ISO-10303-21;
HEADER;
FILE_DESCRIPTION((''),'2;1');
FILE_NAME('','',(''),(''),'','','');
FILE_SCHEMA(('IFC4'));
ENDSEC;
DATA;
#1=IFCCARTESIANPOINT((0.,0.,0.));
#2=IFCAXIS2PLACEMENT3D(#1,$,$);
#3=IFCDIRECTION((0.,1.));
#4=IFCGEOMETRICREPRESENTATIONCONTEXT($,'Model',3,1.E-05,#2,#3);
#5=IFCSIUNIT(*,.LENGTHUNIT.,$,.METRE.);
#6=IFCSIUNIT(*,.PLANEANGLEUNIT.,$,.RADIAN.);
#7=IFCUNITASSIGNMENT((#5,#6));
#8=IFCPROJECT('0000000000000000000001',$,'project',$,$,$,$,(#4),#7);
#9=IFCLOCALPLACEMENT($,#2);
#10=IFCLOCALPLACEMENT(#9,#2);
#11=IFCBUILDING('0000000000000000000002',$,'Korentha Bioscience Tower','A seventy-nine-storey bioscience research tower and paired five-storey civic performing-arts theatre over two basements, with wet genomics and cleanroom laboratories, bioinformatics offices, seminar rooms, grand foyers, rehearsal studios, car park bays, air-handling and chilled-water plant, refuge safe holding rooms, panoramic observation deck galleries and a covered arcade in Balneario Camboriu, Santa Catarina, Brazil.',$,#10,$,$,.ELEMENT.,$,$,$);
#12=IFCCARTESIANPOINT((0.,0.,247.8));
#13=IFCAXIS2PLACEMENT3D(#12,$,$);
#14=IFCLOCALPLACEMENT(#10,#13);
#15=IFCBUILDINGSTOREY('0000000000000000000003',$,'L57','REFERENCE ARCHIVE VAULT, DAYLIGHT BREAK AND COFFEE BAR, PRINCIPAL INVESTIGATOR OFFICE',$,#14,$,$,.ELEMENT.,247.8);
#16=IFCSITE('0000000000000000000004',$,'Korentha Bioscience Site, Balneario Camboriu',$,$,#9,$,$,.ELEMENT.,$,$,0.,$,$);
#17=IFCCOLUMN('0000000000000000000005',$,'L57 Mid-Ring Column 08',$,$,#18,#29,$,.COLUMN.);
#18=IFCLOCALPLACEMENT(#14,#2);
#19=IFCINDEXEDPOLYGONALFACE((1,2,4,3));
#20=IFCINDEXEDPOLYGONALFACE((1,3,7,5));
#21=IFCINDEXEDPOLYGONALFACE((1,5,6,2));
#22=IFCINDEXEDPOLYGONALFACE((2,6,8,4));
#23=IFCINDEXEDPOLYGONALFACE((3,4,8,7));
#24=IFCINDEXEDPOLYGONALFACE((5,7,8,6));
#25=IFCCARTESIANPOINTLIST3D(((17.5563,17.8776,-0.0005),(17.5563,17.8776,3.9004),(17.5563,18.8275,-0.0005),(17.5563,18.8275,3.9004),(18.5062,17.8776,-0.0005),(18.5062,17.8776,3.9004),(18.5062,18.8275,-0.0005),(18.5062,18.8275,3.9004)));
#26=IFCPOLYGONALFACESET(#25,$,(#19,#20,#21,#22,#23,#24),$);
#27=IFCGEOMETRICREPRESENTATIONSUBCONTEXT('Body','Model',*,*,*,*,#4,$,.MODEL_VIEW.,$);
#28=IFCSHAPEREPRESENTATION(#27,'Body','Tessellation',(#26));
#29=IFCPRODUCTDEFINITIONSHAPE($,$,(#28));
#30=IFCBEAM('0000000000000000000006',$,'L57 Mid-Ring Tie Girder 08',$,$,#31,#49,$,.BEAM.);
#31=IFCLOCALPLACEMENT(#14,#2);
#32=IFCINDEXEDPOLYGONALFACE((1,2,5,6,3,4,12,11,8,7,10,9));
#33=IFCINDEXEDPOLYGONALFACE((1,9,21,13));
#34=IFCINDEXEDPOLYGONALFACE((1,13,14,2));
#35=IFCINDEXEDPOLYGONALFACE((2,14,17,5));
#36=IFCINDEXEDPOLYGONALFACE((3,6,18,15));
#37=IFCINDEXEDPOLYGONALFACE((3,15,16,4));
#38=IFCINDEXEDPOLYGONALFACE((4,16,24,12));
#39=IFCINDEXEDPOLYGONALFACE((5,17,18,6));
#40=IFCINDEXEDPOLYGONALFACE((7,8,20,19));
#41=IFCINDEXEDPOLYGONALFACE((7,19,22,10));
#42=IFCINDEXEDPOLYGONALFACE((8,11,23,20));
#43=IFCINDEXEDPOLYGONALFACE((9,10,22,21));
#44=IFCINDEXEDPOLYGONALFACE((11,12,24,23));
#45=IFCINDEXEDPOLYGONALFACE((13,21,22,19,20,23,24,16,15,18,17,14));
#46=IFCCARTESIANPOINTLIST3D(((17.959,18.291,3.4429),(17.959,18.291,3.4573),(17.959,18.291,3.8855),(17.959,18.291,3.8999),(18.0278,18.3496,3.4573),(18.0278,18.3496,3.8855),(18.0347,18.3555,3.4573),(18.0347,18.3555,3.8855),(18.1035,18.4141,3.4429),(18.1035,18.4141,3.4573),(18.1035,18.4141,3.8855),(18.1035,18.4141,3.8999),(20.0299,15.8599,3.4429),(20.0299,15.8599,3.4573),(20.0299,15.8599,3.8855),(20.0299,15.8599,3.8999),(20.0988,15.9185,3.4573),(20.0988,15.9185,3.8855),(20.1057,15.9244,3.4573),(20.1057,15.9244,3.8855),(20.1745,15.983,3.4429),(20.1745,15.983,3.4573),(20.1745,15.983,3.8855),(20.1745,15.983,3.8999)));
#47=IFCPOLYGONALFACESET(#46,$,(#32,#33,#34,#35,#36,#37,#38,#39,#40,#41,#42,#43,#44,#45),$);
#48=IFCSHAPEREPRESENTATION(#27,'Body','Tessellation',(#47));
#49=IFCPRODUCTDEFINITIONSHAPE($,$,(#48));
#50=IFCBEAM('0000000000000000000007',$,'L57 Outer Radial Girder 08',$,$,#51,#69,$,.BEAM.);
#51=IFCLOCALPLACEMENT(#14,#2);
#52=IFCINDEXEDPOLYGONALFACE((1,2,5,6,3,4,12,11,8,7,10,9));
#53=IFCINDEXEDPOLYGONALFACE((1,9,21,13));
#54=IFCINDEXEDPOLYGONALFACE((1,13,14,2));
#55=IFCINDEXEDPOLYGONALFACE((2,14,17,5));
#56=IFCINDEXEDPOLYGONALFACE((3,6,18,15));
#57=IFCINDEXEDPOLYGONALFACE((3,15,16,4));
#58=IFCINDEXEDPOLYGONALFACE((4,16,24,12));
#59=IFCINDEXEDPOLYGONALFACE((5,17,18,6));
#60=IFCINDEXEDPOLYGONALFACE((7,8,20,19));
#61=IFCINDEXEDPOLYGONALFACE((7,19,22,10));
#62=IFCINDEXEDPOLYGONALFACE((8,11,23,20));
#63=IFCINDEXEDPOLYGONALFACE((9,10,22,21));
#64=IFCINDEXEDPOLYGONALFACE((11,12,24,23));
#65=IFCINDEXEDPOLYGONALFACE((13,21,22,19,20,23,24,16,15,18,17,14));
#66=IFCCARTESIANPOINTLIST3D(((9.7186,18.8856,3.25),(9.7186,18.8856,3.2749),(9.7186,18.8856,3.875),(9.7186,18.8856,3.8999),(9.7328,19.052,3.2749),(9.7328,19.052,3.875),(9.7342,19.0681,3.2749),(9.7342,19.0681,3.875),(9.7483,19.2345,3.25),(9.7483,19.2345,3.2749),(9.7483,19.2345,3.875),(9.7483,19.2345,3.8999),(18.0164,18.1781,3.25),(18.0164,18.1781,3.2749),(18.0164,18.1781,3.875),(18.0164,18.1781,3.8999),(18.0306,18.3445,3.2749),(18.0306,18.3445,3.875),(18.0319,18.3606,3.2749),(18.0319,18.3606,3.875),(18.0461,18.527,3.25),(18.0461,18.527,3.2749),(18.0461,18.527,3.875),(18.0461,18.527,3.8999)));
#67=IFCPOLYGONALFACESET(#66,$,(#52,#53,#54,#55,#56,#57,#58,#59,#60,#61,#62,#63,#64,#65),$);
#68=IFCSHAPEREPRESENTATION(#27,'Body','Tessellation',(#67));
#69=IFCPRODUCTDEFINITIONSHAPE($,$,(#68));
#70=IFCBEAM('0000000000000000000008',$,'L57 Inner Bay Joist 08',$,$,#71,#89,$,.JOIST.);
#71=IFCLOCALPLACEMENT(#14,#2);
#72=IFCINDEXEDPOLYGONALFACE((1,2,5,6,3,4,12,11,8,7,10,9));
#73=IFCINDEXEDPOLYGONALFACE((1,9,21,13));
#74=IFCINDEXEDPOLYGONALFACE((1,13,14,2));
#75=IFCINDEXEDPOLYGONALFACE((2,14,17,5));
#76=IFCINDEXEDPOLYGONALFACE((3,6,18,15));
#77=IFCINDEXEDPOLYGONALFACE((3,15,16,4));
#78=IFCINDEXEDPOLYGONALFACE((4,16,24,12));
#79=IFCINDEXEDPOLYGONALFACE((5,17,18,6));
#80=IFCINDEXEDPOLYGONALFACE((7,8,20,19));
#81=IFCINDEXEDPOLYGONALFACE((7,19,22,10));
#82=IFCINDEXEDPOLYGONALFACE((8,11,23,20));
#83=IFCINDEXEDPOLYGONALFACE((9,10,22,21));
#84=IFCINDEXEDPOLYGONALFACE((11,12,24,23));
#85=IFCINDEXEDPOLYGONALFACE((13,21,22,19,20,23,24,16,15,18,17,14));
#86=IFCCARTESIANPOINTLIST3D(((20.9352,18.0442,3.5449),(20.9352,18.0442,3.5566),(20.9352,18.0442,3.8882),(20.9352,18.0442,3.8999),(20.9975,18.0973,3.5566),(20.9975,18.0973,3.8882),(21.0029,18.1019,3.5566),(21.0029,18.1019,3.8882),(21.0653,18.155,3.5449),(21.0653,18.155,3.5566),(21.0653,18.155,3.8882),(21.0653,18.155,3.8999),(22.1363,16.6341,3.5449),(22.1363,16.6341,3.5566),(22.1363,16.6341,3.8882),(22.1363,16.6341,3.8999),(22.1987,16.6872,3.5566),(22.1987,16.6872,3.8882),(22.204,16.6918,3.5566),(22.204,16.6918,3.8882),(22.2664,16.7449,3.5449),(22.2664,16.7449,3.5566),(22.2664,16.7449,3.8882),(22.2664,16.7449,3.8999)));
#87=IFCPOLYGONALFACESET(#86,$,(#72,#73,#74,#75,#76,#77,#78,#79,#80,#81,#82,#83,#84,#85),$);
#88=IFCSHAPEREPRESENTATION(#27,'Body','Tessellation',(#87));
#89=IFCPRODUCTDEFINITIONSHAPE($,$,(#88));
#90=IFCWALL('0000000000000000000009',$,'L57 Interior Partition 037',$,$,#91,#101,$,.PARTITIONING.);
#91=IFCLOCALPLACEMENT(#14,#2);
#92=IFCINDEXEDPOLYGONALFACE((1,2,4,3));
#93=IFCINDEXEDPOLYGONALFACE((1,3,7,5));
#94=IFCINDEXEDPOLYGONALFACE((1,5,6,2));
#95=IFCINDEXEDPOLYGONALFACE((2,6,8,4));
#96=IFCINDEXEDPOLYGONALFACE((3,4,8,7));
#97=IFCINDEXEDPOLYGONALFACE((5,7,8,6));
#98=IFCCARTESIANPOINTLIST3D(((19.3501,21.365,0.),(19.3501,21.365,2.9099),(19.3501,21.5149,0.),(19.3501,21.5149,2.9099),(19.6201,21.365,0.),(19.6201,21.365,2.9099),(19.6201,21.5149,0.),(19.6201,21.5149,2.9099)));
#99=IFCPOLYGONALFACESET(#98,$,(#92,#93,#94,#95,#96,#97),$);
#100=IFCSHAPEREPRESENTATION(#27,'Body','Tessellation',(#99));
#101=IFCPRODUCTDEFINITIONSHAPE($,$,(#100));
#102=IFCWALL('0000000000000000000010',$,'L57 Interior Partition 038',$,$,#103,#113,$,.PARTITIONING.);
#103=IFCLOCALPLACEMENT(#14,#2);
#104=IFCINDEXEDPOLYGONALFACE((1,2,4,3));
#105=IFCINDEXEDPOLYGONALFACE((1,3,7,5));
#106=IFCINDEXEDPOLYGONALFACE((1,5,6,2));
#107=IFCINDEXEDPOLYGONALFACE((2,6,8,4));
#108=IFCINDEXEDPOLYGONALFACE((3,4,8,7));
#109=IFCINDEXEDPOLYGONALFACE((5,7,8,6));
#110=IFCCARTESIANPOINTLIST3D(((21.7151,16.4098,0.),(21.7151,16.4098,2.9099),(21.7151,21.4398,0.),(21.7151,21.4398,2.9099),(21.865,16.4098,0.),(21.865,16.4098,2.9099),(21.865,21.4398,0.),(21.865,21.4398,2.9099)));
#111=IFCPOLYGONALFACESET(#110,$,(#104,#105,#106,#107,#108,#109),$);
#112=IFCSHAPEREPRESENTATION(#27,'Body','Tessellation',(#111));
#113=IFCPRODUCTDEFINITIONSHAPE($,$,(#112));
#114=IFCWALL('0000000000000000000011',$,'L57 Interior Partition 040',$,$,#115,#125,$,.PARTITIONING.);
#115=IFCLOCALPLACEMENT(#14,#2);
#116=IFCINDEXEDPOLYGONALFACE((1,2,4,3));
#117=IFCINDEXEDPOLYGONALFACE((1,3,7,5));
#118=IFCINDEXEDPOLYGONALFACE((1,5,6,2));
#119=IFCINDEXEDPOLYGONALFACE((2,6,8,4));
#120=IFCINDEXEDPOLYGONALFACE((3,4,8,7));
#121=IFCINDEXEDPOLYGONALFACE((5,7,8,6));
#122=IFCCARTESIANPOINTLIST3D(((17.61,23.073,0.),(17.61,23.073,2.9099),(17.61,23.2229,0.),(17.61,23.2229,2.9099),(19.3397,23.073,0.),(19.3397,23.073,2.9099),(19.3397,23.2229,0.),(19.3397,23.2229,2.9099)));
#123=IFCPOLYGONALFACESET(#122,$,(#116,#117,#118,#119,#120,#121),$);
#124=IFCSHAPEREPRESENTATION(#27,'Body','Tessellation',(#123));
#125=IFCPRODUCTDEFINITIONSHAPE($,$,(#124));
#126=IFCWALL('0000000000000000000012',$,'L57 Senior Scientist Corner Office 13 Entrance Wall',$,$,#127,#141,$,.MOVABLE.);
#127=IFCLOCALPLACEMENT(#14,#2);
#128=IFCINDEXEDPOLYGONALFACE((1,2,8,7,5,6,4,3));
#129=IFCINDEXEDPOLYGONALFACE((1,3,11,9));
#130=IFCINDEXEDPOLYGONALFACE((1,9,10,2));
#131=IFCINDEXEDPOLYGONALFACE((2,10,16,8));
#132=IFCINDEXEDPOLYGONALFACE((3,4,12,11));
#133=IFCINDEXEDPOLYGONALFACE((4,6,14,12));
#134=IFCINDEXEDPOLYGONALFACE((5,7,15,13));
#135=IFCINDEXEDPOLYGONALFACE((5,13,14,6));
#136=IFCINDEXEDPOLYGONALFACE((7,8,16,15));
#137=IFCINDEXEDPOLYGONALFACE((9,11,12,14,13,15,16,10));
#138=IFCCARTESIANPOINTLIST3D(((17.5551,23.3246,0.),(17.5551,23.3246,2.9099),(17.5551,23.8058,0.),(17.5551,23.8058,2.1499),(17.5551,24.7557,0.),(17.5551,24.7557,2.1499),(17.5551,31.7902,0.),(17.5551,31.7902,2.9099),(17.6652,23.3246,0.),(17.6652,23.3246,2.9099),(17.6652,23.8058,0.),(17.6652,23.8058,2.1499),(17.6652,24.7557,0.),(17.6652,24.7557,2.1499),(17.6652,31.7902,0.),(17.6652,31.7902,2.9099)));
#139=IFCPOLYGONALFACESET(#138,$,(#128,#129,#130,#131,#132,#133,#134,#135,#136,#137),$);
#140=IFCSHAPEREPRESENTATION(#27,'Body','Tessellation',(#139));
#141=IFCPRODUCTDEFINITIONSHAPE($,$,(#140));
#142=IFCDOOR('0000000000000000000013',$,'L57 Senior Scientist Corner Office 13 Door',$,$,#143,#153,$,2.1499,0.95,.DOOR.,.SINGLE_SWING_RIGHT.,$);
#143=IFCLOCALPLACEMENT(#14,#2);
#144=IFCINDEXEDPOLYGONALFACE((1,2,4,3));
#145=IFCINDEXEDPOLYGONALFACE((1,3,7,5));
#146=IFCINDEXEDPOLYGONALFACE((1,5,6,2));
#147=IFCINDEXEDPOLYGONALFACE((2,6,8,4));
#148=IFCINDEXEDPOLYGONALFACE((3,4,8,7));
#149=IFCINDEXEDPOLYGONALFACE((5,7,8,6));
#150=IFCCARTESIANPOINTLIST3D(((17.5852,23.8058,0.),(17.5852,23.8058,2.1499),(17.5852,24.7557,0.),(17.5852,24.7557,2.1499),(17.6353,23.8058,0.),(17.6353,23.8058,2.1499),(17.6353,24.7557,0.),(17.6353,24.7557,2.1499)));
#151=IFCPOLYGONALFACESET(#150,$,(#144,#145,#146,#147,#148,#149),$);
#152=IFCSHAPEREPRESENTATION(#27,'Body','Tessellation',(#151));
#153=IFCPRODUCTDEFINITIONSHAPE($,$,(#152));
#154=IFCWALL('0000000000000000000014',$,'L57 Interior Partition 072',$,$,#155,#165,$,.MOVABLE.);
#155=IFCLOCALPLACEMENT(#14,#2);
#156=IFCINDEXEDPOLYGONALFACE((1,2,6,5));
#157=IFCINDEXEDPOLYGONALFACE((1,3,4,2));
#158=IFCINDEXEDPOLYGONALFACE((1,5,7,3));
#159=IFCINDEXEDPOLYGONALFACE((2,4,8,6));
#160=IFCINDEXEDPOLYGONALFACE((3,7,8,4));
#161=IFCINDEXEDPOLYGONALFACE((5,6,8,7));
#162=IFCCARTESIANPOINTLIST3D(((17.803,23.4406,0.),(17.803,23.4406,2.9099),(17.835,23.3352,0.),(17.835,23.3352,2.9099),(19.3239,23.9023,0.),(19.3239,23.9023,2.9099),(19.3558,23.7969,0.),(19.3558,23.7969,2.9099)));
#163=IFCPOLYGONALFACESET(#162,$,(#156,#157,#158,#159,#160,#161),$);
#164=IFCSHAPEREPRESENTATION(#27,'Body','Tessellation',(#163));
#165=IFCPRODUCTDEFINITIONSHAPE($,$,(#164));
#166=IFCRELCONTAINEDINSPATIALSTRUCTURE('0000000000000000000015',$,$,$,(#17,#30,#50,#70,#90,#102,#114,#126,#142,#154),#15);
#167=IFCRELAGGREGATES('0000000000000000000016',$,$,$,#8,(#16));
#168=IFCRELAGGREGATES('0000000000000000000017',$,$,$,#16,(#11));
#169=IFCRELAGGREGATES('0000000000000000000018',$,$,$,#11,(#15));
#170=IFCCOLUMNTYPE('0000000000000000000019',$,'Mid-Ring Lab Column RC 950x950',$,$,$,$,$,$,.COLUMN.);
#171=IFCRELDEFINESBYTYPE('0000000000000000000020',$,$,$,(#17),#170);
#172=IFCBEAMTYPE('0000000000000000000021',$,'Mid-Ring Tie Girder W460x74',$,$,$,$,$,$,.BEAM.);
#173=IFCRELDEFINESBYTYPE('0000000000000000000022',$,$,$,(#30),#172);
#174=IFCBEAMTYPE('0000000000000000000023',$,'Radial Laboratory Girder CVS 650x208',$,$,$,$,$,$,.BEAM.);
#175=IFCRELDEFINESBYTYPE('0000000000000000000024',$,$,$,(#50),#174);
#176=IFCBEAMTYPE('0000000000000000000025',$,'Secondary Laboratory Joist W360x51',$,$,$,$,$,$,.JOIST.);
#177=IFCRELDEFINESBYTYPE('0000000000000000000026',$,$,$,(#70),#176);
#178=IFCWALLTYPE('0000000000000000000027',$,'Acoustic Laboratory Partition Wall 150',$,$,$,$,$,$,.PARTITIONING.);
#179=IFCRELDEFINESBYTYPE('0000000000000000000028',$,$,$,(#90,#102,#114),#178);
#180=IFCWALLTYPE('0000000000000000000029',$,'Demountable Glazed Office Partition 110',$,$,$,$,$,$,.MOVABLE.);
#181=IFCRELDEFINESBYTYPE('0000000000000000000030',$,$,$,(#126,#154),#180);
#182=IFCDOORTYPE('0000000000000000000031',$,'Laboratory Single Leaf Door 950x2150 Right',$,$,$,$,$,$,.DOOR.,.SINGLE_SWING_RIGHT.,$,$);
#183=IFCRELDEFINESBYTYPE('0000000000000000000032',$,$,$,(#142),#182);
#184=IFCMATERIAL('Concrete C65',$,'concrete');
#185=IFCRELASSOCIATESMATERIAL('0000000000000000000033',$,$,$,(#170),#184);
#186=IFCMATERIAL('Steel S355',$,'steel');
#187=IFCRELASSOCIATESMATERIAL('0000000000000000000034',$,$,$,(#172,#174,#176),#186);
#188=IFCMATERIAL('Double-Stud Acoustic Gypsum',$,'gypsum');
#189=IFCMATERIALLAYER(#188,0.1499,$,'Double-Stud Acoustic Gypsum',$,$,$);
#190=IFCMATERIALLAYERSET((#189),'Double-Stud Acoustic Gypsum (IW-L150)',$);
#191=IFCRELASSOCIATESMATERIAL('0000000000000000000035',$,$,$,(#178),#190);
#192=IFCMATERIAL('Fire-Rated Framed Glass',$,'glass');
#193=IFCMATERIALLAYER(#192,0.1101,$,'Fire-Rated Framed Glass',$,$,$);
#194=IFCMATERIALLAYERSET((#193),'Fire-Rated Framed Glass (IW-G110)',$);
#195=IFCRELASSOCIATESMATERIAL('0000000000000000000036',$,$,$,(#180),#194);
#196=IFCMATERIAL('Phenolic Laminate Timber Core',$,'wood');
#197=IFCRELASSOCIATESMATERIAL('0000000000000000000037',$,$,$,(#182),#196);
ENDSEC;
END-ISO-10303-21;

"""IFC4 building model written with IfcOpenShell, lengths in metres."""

from ifc_helpers import new_model, si_unit, direction, frame, frame_2d, origin, origin_2d, place, context, subcontext, project, spatial, rectangle, i_section, extrude, material, layer, layer_set, material_profile, profile_set, type_object, element, fill, save


model = new_model("IFC4")

# Units and contexts
model_context = context("Model", 3, precision=1e-05, world=origin(), true_north=direction((0.0, 1.0)))
body_context = subcontext(model_context, "Body", "Model", "MODEL_VIEW")
ifc_project = project(units=[si_unit("LENGTHUNIT", "METRE"), si_unit("PLANEANGLEUNIT", "RADIAN")], contexts=[model_context])

# Site, building, storey
site_placement = place(None, origin())
site = spatial("IfcSite", under=ifc_project, at=site_placement, Name="Korentha Bioscience Site, Balneario Camboriu", CompositionType="ELEMENT", RefElevation=0.0)
building_placement = place(site_placement, origin())
building = spatial("IfcBuilding", under=site, at=building_placement, Name="Korentha Bioscience Tower", Description="A seventy-nine-storey bioscience research tower and paired five-storey civic performing-arts theatre over two basements, with wet genomics and cleanroom laboratories, bioinformatics offices, seminar rooms, grand foyers, rehearsal studios, car park bays, air-handling and chilled-water plant, refuge safe holding rooms, panoramic observation deck galleries and a covered arcade in Balneario Camboriu, Santa Catarina, Brazil.", CompositionType="ELEMENT")
storey_placement = place(building_placement, frame((0.0, 0.0, 247.8)))
storey = spatial("IfcBuildingStorey", under=building, at=storey_placement, Name="L57", Description="REFERENCE ARCHIVE VAULT, DAYLIGHT BREAK AND COFFEE BAR, PRINCIPAL INVESTIGATOR OFFICE", CompositionType="ELEMENT", Elevation=247.8)

# Column
ifc_material_1 = material(Name="Concrete C65", Category="concrete")
ifc_material_profile_1 = material_profile(ifc_material_1, rectangle(XDim=0.95, YDim=0.95, at=origin_2d()), Name="Concrete C65")
ifc_profile_set_1 = profile_set([ifc_material_profile_1], Name="Concrete C65 (COL-MR09)")
column_type = type_object("IfcColumnType", Name="Mid-Ring Lab Column RC 950x950", PredefinedType="COLUMN", material=ifc_profile_set_1)
column_placement = place(storey_placement, frame((18.0312, 18.3525, -0.0005), z_axis=(0.0, 0.0, 1.0), x_axis=(1.0, 0.0, 0.0)))
element("IfcColumn", 1, at=column_placement, inside=storey, type_object=column_type, Name="L57 Mid-Ring Column 08", PredefinedType="COLUMN", context=body_context, shape_type="SweptSolid", body=[
    extrude(rectangle(XDim=0.95, YDim=0.95, at=origin_2d()), origin(), (0.0, 0.0, 1.0), 3.9009),
])

# Beams
ifc_material_2 = material(Name="Steel S355", Category="steel")
ifc_material_profile_2 = material_profile(ifc_material_2, i_section(OverallWidth=0.1899, OverallDepth=0.457, WebThickness=0.009, FlangeThickness=0.0144, at=origin_2d()), Name="Steel S355")
ifc_profile_set_2 = profile_set([ifc_material_profile_2], Name="Steel S355 (MB-460)")
beam_type_1 = type_object("IfcBeamType", Name="Mid-Ring Tie Girder W460x74", PredefinedType="BEAM", material=ifc_profile_set_2)
beam_1_placement = place(storey_placement, frame((18.0312, 18.3525, 3.6714), z_axis=(0.648478, -0.761233, 0.0), x_axis=(0.761233, 0.648478, 0.0)))
element("IfcBeam", 2, at=beam_1_placement, inside=storey, type_object=beam_type_1, Name="L57 Mid-Ring Tie Girder 08", PredefinedType="BEAM", context=body_context, shape_type="SweptSolid", body=[
    extrude(i_section(OverallWidth=0.1899, OverallDepth=0.457, WebThickness=0.009, FlangeThickness=0.0144, at=origin_2d()), origin(), (0.0, 0.0, 1.0), 3.1936),
])
ifc_material_profile_3 = material_profile(ifc_material_2, i_section(OverallWidth=0.3501, OverallDepth=0.6499, WebThickness=0.0161, FlangeThickness=0.0249, at=origin_2d()), Name="Steel S355")
ifc_profile_set_3 = profile_set([ifc_material_profile_3], Name="Steel S355 (RB-650)")
beam_type_2 = type_object("IfcBeamType", Name="Radial Laboratory Girder CVS 650x208", PredefinedType="BEAM", material=ifc_profile_set_3)
beam_2_placement = place(storey_placement, frame((18.0312, 18.3525, 3.575), z_axis=(-0.996385, 0.084957, 0.0), x_axis=(-0.084957, -0.996385, 0.0)))
element("IfcBeam", 3, at=beam_2_placement, inside=storey, type_object=beam_type_2, Name="L57 Outer Radial Girder 08", PredefinedType="BEAM", context=body_context, shape_type="SweptSolid", body=[
    extrude(i_section(OverallWidth=0.3501, OverallDepth=0.6499, WebThickness=0.0161, FlangeThickness=0.0249, at=origin_2d()), origin(), (0.0, 0.0, 1.0), 8.3279),
])
ifc_material_profile_4 = material_profile(ifc_material_2, i_section(OverallWidth=0.1709, OverallDepth=0.355, WebThickness=0.0071, FlangeThickness=0.0117, at=origin_2d()), Name="Steel S355")
ifc_profile_set_4 = profile_set([ifc_material_profile_4], Name="Steel S355 (JB-360)")
beam_type_3 = type_object("IfcBeamType", Name="Secondary Laboratory Joist W360x51", PredefinedType="JOIST", material=ifc_profile_set_4)
beam_3_placement = place(storey_placement, frame((21.0002, 18.0996, 3.7224), z_axis=(0.648444, -0.761263, 0.0), x_axis=(0.761263, 0.648444, 0.0)))
element("IfcBeam", 4, at=beam_3_placement, inside=storey, type_object=beam_type_3, Name="L57 Inner Bay Joist 08", PredefinedType="JOIST", context=body_context, shape_type="SweptSolid", body=[
    extrude(i_section(OverallWidth=0.1709, OverallDepth=0.355, WebThickness=0.0071, FlangeThickness=0.0117, at=origin_2d()), origin(), (0.0, 0.0, 1.0), 1.8523),
])

# Walls
ifc_material_3 = material(Name="Double-Stud Acoustic Gypsum", Category="gypsum")
ifc_layer_1 = layer(ifc_material_3, 0.1499, Name="Double-Stud Acoustic Gypsum")
ifc_layer_set_1 = layer_set([ifc_layer_1], Name="Double-Stud Acoustic Gypsum (IW-L150)")
wall_type_1 = type_object("IfcWallType", Name="Acoustic Laboratory Partition Wall 150", PredefinedType="PARTITIONING", material=ifc_layer_set_1)
wall_1_placement = place(storey_placement, frame((19.3501, 21.4399, 0.0), z_axis=(0.0, 0.0, 1.0), x_axis=(1.0, 0.0, 0.0)))
element("IfcWall", 5, at=wall_1_placement, inside=storey, type_object=wall_type_1, Name="L57 Interior Partition 037", PredefinedType="PARTITIONING", context=body_context, shape_type="SweptSolid", body=[
    extrude(rectangle(XDim=0.27, YDim=0.1499, at=frame_2d((0.135, 0.0))), origin(), (0.0, 0.0, 1.0), 2.9099),
])
wall_2_placement = place(storey_placement, frame((21.79, 21.4399, 0.0), z_axis=(0.0, 0.0, 1.0), x_axis=(0.0, -1.0, 0.0)))
element("IfcWall", 6, at=wall_2_placement, inside=storey, type_object=wall_type_1, Name="L57 Interior Partition 038", PredefinedType="PARTITIONING", context=body_context, shape_type="SweptSolid", body=[
    extrude(rectangle(XDim=5.03, YDim=0.1499, at=frame_2d((2.5151, 0.0))), origin(), (0.0, 0.0, 1.0), 2.9099),
])
wall_3_placement = place(storey_placement, frame((17.6101, 23.1479, 0.0), z_axis=(0.0, 0.0, 1.0), x_axis=(1.0, 0.0, 0.0)))
element("IfcWall", 7, at=wall_3_placement, inside=storey, type_object=wall_type_1, Name="L57 Interior Partition 040", PredefinedType="PARTITIONING", context=body_context, shape_type="SweptSolid", body=[
    extrude(rectangle(XDim=1.7297, YDim=0.1499, at=frame_2d((0.8647, 0.0))), origin(), (0.0, 0.0, 1.0), 2.9099),
])

# Wall, opening, door
ifc_material_4 = material(Name="Fire-Rated Framed Glass", Category="glass")
ifc_layer_2 = layer(ifc_material_4, 0.1101, Name="Fire-Rated Framed Glass")
ifc_layer_set_2 = layer_set([ifc_layer_2], Name="Fire-Rated Framed Glass (IW-G110)")
wall_type_2 = type_object("IfcWallType", Name="Demountable Glazed Office Partition 110", PredefinedType="MOVABLE", material=ifc_layer_set_2)
wall_4_placement = place(storey_placement, frame((17.6101, 23.3245, 0.0), z_axis=(0.0, 0.0, 1.0), x_axis=(0.0, 1.0, 0.0)))
wall_4 = element("IfcWall", 8, at=wall_4_placement, inside=storey, type_object=wall_type_2, Name="L57 Senior Scientist Corner Office 13 Entrance Wall", PredefinedType="MOVABLE", context=body_context, shape_type="SweptSolid", body=[
    extrude(rectangle(XDim=8.4656, YDim=0.1101, at=frame_2d((4.2329, 0.0))), origin(), (0.0, 0.0, 1.0), 2.9099),
])
opening_1_placement = place(wall_4_placement, frame((0.4812, 0.0, 0.0)))
opening_1 = element("IfcOpeningElement", 9, at=opening_1_placement, cuts=wall_4, PredefinedType="OPENING", context=body_context, shape_type="SweptSolid", body=[
    extrude(rectangle(XDim=0.95, YDim=2.1499, at=frame_2d((0.4751, 1.075))), frame((0.0, 0.0698, 0.0), z_axis=(0.0, -1.0, 0.0), x_axis=(1.0, 0.0, 0.0)), (0.0, 0.0, 1.0), 0.1399),
])
ifc_material_5 = material(Name="Phenolic Laminate Timber Core", Category="wood")
door_type_1 = type_object("IfcDoorType", Name="Laboratory Single Leaf Door 950x2150 Right", OperationType="SINGLE_SWING_RIGHT", PredefinedType="DOOR", material=ifc_material_5)
door_1_placement = place(opening_1_placement, origin())
door_1 = element("IfcDoor", 10, at=door_1_placement, inside=storey, type_object=door_type_1, Name="L57 Senior Scientist Corner Office 13 Door", OperationType="SINGLE_SWING_RIGHT", OverallHeight=2.1499, OverallWidth=0.95, PredefinedType="DOOR", context=body_context, shape_type="SweptSolid", body=[
    extrude(rectangle(XDim=0.95, YDim=2.1499, at=frame_2d((0.4751, 1.075))), frame((0.0, 0.0249, 0.0), z_axis=(0.0, -1.0, 0.0), x_axis=(1.0, 0.0, 0.0)), (0.0, 0.0, 1.0), 0.05),
])
fill(opening_1, door_1)

# Wall
wall_5_placement = place(storey_placement, frame((19.3398, 23.8496, 0.0), z_axis=(0.0, 0.0, 1.0), x_axis=(-0.956878, -0.290489, 0.0)))
element("IfcWall", 11, at=wall_5_placement, inside=storey, type_object=wall_type_2, Name="L57 Interior Partition 072", PredefinedType="MOVABLE", context=body_context, shape_type="SweptSolid", body=[
    extrude(rectangle(XDim=1.5894, YDim=0.1101, at=frame_2d((0.7947, 0.0))), origin(), (0.0, 0.0, 1.0), 2.9099),
])

save(model, "model.ifc")
